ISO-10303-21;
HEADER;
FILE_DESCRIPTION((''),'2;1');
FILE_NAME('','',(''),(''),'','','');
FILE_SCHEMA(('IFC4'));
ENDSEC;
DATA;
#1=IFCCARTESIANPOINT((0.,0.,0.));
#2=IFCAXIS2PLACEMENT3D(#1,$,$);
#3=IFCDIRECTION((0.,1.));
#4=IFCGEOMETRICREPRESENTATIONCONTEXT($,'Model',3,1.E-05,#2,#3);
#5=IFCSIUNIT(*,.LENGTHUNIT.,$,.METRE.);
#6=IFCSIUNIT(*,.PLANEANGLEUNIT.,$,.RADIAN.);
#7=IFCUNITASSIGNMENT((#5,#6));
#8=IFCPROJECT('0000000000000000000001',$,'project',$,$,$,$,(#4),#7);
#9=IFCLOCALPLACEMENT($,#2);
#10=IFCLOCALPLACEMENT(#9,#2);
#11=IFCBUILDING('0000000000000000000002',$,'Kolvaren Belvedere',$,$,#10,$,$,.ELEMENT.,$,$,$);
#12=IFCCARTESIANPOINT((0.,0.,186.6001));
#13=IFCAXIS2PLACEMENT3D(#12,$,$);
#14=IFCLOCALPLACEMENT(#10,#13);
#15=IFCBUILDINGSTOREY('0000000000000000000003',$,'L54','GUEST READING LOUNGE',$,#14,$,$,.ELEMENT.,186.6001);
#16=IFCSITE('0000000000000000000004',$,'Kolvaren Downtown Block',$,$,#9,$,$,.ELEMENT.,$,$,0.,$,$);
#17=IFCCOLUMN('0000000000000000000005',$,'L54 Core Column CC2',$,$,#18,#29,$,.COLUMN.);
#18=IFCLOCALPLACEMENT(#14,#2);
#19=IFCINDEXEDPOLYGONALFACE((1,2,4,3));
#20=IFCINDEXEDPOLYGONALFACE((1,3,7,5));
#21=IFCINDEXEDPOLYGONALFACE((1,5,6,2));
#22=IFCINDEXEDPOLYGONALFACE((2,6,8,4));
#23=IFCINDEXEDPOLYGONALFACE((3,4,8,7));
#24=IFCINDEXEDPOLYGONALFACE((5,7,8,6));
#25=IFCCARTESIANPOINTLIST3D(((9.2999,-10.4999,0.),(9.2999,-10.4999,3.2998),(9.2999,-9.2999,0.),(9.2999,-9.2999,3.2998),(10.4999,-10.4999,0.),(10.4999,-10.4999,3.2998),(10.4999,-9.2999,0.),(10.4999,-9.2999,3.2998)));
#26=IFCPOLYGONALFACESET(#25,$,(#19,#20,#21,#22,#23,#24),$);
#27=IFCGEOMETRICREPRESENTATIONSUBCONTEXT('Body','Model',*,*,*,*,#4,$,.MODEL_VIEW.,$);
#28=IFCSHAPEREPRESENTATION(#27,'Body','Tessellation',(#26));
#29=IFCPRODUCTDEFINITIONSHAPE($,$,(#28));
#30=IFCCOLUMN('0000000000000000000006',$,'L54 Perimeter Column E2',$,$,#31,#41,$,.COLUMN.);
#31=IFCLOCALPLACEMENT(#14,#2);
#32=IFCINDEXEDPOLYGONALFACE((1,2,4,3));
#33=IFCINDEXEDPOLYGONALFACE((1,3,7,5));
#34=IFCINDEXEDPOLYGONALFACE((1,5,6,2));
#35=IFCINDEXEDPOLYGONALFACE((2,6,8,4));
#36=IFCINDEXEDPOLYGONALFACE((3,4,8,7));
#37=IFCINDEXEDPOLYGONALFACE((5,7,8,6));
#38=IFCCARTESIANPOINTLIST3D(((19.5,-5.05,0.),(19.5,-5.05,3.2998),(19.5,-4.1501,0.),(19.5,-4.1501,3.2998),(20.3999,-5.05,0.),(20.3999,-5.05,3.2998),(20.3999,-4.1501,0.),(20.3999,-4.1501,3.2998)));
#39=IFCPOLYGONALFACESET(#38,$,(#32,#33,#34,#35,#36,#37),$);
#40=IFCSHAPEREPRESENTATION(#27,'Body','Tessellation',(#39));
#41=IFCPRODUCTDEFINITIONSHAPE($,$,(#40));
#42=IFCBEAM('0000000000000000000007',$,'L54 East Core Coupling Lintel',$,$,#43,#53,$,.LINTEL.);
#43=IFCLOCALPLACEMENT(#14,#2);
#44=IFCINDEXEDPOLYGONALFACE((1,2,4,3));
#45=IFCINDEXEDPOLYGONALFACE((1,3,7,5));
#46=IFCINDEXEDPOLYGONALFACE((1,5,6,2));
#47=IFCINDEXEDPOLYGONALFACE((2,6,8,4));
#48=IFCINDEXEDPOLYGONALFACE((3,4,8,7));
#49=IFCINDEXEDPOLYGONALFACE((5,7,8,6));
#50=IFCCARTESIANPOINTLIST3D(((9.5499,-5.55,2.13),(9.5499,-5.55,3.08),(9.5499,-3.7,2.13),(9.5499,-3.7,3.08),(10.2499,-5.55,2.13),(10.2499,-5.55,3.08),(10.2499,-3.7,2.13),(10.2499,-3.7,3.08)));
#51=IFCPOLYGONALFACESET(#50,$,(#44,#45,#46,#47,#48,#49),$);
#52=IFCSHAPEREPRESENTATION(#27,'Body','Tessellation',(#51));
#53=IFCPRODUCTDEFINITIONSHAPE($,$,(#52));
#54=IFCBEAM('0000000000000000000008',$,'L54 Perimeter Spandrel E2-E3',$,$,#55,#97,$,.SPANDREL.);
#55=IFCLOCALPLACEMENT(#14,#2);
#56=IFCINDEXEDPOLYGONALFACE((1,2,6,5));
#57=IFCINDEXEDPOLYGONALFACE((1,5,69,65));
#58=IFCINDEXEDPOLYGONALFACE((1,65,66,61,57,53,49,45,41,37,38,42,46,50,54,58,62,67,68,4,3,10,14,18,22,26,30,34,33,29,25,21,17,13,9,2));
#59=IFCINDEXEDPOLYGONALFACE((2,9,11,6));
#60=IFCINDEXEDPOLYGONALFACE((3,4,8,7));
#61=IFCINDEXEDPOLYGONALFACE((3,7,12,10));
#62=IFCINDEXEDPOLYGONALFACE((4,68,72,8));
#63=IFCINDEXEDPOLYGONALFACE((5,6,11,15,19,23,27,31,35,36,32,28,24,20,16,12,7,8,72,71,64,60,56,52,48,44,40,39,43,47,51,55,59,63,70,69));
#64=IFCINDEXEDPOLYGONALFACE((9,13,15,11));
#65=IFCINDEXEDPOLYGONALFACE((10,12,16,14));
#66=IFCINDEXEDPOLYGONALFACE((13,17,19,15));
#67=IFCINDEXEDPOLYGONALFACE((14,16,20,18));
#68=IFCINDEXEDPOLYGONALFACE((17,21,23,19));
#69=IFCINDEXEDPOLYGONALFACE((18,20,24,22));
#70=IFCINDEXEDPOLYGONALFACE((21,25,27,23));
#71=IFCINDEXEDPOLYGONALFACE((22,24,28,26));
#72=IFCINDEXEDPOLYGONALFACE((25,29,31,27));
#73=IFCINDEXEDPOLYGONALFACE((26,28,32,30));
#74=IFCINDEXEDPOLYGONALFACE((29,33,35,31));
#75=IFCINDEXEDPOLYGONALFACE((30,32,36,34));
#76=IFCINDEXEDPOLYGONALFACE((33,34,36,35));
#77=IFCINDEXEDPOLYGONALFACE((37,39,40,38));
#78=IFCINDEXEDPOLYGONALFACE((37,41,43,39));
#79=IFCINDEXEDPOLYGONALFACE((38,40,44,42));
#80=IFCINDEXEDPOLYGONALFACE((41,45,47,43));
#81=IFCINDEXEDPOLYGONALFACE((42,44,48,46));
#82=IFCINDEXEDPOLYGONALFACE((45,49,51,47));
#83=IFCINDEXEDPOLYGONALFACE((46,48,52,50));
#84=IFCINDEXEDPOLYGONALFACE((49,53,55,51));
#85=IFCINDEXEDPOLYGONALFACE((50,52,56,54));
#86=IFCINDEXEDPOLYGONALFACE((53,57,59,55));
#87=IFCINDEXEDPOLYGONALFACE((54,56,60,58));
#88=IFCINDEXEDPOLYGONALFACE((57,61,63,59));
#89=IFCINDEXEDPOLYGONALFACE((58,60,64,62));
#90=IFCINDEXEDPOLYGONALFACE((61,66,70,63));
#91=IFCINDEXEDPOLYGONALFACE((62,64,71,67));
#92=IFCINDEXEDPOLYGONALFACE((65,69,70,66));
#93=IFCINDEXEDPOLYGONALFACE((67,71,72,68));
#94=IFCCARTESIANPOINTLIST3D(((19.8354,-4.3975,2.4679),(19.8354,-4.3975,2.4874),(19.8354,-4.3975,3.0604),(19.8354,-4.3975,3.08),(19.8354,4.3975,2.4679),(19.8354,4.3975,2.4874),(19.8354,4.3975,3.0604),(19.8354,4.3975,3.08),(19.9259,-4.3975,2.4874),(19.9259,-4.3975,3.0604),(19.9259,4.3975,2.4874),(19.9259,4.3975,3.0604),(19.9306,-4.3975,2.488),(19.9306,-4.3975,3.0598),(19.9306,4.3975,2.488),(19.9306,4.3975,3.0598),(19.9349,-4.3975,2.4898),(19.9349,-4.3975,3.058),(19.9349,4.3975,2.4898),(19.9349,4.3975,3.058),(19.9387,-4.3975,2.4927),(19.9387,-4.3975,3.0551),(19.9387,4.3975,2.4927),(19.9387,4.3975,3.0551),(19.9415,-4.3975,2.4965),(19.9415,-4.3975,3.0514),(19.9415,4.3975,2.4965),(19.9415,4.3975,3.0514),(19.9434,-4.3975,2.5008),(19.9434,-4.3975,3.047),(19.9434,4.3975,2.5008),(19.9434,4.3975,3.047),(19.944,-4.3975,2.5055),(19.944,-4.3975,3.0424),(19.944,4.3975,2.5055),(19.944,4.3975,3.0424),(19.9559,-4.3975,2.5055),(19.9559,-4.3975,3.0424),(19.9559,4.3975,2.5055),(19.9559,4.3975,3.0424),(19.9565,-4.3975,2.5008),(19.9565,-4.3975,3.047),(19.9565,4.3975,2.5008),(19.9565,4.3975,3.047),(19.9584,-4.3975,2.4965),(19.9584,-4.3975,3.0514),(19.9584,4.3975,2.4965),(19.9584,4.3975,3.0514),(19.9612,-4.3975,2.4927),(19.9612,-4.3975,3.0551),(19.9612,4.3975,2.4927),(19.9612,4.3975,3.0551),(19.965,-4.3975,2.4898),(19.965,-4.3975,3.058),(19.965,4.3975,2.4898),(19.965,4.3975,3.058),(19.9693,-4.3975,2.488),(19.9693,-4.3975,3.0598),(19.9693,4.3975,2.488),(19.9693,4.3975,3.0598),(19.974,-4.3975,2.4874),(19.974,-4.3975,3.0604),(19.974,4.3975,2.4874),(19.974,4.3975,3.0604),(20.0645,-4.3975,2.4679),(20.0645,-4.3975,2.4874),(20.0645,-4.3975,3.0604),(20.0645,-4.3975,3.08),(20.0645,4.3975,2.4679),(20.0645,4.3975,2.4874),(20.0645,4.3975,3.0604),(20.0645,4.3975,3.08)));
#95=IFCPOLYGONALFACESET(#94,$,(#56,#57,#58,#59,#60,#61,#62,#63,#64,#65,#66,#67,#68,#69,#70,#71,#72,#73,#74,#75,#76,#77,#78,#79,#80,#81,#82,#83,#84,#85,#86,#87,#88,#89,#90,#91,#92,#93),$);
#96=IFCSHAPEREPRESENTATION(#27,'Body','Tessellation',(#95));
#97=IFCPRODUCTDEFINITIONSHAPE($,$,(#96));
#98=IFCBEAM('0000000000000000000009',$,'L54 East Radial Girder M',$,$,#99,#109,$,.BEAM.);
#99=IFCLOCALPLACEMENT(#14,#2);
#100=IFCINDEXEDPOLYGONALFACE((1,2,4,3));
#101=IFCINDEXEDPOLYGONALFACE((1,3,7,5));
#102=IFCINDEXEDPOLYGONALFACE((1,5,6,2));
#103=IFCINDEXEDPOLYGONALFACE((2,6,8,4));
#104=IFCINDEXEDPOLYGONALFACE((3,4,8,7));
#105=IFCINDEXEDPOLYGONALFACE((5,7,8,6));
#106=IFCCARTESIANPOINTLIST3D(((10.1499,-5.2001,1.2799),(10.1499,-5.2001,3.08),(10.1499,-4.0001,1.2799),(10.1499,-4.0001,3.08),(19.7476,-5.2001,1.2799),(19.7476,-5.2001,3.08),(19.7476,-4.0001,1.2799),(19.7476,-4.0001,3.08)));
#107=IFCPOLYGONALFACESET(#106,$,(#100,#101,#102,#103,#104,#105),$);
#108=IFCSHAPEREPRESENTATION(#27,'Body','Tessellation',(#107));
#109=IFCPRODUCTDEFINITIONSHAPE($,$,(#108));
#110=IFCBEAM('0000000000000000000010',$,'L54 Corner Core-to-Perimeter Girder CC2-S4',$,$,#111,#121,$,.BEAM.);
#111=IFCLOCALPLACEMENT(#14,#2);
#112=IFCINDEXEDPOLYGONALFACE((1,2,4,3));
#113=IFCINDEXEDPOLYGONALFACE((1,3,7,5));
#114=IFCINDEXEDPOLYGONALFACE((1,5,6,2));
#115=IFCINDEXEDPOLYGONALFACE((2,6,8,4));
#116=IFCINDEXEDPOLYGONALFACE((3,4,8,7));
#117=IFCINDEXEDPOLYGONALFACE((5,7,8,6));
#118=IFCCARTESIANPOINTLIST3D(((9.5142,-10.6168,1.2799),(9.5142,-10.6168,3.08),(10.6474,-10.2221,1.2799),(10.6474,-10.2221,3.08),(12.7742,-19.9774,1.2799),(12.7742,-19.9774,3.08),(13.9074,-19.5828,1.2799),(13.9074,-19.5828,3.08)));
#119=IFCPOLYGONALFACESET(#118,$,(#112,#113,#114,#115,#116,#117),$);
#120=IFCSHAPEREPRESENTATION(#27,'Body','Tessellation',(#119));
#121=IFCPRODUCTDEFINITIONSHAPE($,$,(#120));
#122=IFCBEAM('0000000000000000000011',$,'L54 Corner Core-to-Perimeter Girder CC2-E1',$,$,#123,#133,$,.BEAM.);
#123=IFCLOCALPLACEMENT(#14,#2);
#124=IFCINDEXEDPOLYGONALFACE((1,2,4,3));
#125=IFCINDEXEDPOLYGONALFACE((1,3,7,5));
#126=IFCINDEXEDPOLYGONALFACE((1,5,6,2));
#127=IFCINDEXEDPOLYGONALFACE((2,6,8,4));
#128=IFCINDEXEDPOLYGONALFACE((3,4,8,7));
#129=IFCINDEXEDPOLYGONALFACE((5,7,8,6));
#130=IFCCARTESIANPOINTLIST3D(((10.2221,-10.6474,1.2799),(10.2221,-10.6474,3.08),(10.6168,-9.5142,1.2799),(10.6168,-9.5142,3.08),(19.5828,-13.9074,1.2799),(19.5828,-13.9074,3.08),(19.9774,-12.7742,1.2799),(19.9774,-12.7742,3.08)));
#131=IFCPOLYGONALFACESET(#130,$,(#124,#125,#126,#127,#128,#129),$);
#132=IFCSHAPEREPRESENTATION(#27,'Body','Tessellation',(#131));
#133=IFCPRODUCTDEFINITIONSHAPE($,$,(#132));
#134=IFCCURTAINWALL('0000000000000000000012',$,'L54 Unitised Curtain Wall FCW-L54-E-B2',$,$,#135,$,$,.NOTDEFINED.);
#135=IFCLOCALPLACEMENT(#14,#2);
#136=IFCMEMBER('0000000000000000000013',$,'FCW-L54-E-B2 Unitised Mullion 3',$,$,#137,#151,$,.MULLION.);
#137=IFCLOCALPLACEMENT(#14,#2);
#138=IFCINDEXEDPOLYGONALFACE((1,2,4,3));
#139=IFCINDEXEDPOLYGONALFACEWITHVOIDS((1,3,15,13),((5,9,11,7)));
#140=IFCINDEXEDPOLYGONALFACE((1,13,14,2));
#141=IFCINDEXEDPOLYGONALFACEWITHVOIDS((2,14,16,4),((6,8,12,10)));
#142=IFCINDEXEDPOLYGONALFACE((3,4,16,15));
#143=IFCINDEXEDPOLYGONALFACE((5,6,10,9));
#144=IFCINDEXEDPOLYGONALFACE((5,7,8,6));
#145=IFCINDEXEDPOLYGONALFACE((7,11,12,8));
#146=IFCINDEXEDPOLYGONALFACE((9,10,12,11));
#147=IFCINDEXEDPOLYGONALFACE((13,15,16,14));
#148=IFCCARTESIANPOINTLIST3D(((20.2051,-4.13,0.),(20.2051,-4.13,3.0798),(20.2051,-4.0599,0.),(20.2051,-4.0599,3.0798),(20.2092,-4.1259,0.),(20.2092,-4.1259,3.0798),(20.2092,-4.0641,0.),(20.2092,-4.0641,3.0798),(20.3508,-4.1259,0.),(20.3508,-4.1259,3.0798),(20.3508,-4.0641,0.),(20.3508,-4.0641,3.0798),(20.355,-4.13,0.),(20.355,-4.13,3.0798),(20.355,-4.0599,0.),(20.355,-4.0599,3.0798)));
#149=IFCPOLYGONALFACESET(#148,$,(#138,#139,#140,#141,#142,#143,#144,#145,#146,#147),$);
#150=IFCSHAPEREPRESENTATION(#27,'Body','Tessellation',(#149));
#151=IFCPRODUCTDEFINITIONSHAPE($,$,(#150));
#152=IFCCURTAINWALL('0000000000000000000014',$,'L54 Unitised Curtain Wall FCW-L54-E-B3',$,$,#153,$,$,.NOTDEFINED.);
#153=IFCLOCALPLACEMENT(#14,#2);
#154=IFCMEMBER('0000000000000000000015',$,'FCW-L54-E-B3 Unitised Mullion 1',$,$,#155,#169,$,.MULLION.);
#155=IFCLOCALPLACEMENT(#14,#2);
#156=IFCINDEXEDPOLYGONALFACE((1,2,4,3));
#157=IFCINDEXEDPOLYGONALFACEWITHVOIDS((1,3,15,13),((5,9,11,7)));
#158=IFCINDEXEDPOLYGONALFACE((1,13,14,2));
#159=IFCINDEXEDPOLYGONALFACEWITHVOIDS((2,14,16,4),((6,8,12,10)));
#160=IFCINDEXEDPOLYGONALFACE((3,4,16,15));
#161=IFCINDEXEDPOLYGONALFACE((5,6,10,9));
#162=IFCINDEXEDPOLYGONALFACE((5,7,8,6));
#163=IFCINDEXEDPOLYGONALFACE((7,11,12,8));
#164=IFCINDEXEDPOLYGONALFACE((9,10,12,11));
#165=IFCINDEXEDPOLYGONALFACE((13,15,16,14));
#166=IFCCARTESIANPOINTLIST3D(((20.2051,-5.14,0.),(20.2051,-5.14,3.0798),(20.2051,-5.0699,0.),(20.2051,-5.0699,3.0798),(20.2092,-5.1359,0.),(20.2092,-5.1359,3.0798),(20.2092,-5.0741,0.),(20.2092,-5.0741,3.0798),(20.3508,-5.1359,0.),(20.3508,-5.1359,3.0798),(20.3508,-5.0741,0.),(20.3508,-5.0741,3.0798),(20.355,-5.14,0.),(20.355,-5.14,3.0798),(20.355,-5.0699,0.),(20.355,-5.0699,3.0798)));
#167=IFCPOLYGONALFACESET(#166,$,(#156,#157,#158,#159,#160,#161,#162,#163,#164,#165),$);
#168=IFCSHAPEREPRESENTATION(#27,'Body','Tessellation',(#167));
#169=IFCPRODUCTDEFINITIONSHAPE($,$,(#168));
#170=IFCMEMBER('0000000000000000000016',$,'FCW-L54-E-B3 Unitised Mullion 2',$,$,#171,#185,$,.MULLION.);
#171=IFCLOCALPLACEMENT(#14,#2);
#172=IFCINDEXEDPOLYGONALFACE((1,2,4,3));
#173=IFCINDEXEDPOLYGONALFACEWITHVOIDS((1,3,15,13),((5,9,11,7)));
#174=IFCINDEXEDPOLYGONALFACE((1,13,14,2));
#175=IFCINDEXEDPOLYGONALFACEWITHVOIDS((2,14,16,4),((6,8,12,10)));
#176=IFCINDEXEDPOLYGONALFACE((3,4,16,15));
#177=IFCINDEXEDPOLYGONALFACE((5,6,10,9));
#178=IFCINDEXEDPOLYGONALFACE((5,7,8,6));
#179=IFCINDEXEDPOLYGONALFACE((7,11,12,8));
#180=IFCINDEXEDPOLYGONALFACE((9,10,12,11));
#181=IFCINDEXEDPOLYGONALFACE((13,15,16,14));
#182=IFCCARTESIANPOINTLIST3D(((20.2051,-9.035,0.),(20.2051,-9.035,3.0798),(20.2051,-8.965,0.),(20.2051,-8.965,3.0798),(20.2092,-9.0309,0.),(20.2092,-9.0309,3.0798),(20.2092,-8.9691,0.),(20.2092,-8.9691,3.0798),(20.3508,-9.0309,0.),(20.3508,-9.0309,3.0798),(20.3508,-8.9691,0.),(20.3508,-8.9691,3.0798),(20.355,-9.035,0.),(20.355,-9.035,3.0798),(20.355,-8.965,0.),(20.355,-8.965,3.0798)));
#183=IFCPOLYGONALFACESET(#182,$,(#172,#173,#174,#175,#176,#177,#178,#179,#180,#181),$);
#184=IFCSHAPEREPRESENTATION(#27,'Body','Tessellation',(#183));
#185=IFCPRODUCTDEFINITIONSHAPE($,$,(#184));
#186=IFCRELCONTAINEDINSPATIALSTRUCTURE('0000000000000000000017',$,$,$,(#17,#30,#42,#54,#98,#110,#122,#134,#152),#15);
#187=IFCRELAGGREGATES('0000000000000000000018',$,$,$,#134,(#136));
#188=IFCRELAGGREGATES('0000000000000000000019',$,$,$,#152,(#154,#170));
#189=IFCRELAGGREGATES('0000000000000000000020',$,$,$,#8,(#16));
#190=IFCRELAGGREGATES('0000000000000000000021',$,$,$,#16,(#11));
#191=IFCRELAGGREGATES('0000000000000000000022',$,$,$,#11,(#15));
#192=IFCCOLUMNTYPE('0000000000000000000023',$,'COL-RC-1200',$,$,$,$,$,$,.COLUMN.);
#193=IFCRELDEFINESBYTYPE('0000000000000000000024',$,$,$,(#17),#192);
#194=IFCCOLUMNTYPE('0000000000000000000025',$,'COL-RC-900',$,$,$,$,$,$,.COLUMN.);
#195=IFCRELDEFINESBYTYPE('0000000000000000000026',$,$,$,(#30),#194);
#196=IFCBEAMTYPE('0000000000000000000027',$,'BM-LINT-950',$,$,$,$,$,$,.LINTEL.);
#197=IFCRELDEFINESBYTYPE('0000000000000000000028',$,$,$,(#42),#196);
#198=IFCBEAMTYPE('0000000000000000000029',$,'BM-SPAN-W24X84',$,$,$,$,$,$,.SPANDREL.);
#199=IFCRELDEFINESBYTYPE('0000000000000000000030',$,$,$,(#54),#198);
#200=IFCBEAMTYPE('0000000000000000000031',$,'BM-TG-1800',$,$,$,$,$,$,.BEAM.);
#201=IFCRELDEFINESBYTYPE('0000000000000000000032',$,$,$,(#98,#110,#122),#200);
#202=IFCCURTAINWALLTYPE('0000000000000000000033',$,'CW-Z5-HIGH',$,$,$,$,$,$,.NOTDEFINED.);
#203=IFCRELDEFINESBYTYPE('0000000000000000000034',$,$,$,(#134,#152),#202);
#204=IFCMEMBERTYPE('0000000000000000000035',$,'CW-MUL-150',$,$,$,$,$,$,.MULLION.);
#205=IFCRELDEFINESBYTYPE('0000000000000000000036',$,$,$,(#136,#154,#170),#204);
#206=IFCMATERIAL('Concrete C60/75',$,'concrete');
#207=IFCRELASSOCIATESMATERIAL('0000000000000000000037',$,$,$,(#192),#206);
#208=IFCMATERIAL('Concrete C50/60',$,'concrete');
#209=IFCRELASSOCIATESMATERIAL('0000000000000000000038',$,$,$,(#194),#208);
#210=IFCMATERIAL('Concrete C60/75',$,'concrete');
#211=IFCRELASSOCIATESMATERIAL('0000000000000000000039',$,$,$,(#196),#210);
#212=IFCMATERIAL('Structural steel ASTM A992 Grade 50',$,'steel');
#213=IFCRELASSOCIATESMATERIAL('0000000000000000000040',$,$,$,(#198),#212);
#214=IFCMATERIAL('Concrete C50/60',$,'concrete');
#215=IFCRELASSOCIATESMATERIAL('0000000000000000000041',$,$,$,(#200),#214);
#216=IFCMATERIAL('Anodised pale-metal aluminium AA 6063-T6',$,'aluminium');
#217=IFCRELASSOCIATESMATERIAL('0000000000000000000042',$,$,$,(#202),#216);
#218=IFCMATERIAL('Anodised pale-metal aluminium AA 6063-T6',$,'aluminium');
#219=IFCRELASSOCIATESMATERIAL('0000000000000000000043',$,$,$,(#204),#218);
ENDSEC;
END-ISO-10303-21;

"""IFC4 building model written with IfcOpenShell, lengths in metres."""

from ifc_helpers import new_model, si_unit, direction, frame, origin, origin_2d, place, context, subcontext, project, spatial, rectangle, hollow_rectangle, i_section, extrude, material, material_profile, profile_set, type_object, element, aggregate, save


model = new_model("IFC4")

# Units and contexts
model_context = context("Model", 3, precision=1e-05, world=origin(), true_north=direction((0.0, 1.0)))
body_context = subcontext(model_context, "Body", "Model", "MODEL_VIEW")
ifc_project = project(units=[si_unit("LENGTHUNIT", "METRE"), si_unit("PLANEANGLEUNIT", "RADIAN")], contexts=[model_context])

# Site, building, storey
site_placement = place(None, origin())
site = spatial("IfcSite", under=ifc_project, at=site_placement, Name="Kolvaren Downtown Block", CompositionType="ELEMENT", RefElevation=0.0)
building_placement = place(site_placement, origin())
building = spatial("IfcBuilding", under=site, at=building_placement, Name="Kolvaren Belvedere", CompositionType="ELEMENT")
storey_placement = place(building_placement, frame((0.0, 0.0, 186.6001)))
storey = spatial("IfcBuildingStorey", under=building, at=storey_placement, Name="L54", Description="GUEST READING LOUNGE", CompositionType="ELEMENT", Elevation=186.6001)

# Columns
ifc_material_1 = material(Name="Concrete C60/75", Category="concrete")
ifc_material_profile_1 = material_profile(ifc_material_1, rectangle(XDim=1.2, YDim=1.2, at=origin_2d()), Name="RC 1200X1200")
ifc_profile_set_1 = profile_set([ifc_material_profile_1], Name="Concrete C60/75")
column_type_1 = type_object("IfcColumnType", Name="COL-RC-1200", PredefinedType="COLUMN", material=ifc_profile_set_1)
column_1_placement = place(storey_placement, frame((9.8999, -9.8999, 0.0), z_axis=(0.0, 0.0, 1.0), x_axis=(1.0, 0.0, 0.0)))
element("IfcColumn", 1, at=column_1_placement, inside=storey, type_object=column_type_1, Name="L54 Core Column CC2", PredefinedType="COLUMN", context=body_context, shape_type="SweptSolid", body=[
    extrude(rectangle(XDim=1.2, YDim=1.2, at=origin_2d()), origin(), (0.0, 0.0, 1.0), 3.2998),
])
ifc_material_2 = material(Name="Concrete C50/60", Category="concrete")
ifc_material_profile_2 = material_profile(ifc_material_2, rectangle(XDim=0.8999, YDim=0.8999, at=origin_2d()), Name="RC 900X900")
ifc_profile_set_2 = profile_set([ifc_material_profile_2], Name="Concrete C50/60")
column_type_2 = type_object("IfcColumnType", Name="COL-RC-900", PredefinedType="COLUMN", material=ifc_profile_set_2)
column_2_placement = place(storey_placement, frame((19.95, -4.6001, 0.0), z_axis=(0.0, 0.0, 1.0), x_axis=(1.0, 0.0, 0.0)))
element("IfcColumn", 2, at=column_2_placement, inside=storey, type_object=column_type_2, Name="L54 Perimeter Column E2", PredefinedType="COLUMN", context=body_context, shape_type="SweptSolid", body=[
    extrude(rectangle(XDim=0.8999, YDim=0.8999, at=origin_2d()), origin(), (0.0, 0.0, 1.0), 3.2998),
])

# Beams
ifc_material_3 = material(Name="Concrete C60/75", Category="concrete")
ifc_material_profile_3 = material_profile(ifc_material_3, rectangle(XDim=0.7, YDim=0.95, at=origin_2d()), Name="RC 700X950")
ifc_profile_set_3 = profile_set([ifc_material_profile_3], Name="Concrete C60/75")
beam_type_1 = type_object("IfcBeamType", Name="BM-LINT-950", PredefinedType="LINTEL", material=ifc_profile_set_3)
beam_1_placement = place(storey_placement, frame((9.8999, -5.55, 2.605), z_axis=(0.0, 1.0, 0.0), x_axis=(-1.0, 0.0, 0.0)))
element("IfcBeam", 3, at=beam_1_placement, inside=storey, type_object=beam_type_1, Name="L54 East Core Coupling Lintel", PredefinedType="LINTEL", context=body_context, shape_type="SweptSolid", body=[
    extrude(rectangle(XDim=0.7, YDim=0.95, at=origin_2d()), origin(), (0.0, 0.0, 1.0), 1.8501),
])
ifc_material_4 = material(Name="Structural steel ASTM A992 Grade 50", Category="steel")
ifc_material_profile_4 = material_profile(ifc_material_4, i_section(OverallWidth=0.229, OverallDepth=0.6121, WebThickness=0.012, FlangeThickness=0.0195, FilletRadius=0.0181, at=origin_2d()), Name="W24X84")
ifc_profile_set_4 = profile_set([ifc_material_profile_4], Name="Structural steel ASTM A992 Grade 50")
beam_type_2 = type_object("IfcBeamType", Name="BM-SPAN-W24X84", PredefinedType="SPANDREL", material=ifc_profile_set_4)
beam_2_placement = place(storey_placement, frame((19.95, -4.3975, 2.7739), z_axis=(0.0, 1.0, 0.0), x_axis=(-1.0, 0.0, 0.0)))
element("IfcBeam", 4, at=beam_2_placement, inside=storey, type_object=beam_type_2, Name="L54 Perimeter Spandrel E2-E3", PredefinedType="SPANDREL", context=body_context, shape_type="SweptSolid", body=[
    extrude(i_section(OverallWidth=0.229, OverallDepth=0.6121, WebThickness=0.012, FlangeThickness=0.0195, FilletRadius=0.0181, at=origin_2d()), origin(), (0.0, 0.0, 1.0), 8.7949),
])
ifc_material_5 = material(Name="Concrete C50/60", Category="concrete")
ifc_material_profile_5 = material_profile(ifc_material_5, rectangle(XDim=1.2, YDim=1.8, at=origin_2d()), Name="RC 1200X1800")
ifc_profile_set_5 = profile_set([ifc_material_profile_5], Name="Concrete C50/60")
beam_type_3 = type_object("IfcBeamType", Name="BM-TG-1800", PredefinedType="BEAM", material=ifc_profile_set_5)
beam_3_placement = place(storey_placement, frame((10.1499, -4.6001, 2.1799), z_axis=(1.0, 0.0, 0.0), x_axis=(0.0, 1.0, 0.0)))
element("IfcBeam", 5, at=beam_3_placement, inside=storey, type_object=beam_type_3, Name="L54 East Radial Girder M", PredefinedType="BEAM", context=body_context, shape_type="SweptSolid", body=[
    extrude(rectangle(XDim=1.2, YDim=1.8, at=origin_2d()), origin(), (0.0, 0.0, 1.0), 9.5977),
])
for number, where, z_axis, x_axis, name in (
    (6, (10.0808, -10.4194, 2.1799), (0.328894, -0.944367, 0.0), (0.944367, 0.328894, 0.0), "L54 Corner Core-to-Perimeter Girder CC2-S4"),
    (7, (10.4194, -10.0808, 2.1799), (0.944367, -0.328894, 0.0), (0.328894, 0.944367, 0.0), "L54 Corner Core-to-Perimeter Girder CC2-E1"),
):
    element("IfcBeam", number, at=place(storey_placement, frame(where, z_axis=z_axis, x_axis=x_axis)), inside=storey, type_object=beam_type_3, Name=name, PredefinedType="BEAM", context=body_context, shape_type="SweptSolid", body=[
        extrude(rectangle(XDim=1.2, YDim=1.8, at=origin_2d()), origin(), (0.0, 0.0, 1.0), 9.9121),
    ])

# Curtain wall, member
ifc_material_6 = material(Name="Anodised pale-metal aluminium AA 6063-T6", Category="aluminium")
curtain_wall_type = type_object("IfcCurtainWallType", Name="CW-Z5-HIGH", PredefinedType="NOTDEFINED", material=ifc_material_6)
curtain_wall_1_placement = place(storey_placement, origin())
curtain_wall_1 = element("IfcCurtainWall", 8, at=curtain_wall_1_placement, inside=storey, type_object=curtain_wall_type, Name="L54 Unitised Curtain Wall FCW-L54-E-B2", PredefinedType="NOTDEFINED")
ifc_material_7 = material(Name="Anodised pale-metal aluminium AA 6063-T6", Category="aluminium")
ifc_material_profile_6 = material_profile(ifc_material_7, hollow_rectangle(XDim=0.0701, YDim=0.1499, WallThickness=0.0042, at=origin_2d()), Name="ALU-MUL-150X70")
ifc_profile_set_6 = profile_set([ifc_material_profile_6], Name="Anodised pale-metal aluminium AA 6063-T6")
member_type_1 = type_object("IfcMemberType", Name="CW-MUL-150", PredefinedType="MULLION", material=ifc_profile_set_6)
member_1_placement = place(storey_placement, frame((20.28, -4.095, 0.0), z_axis=(0.0, 0.0, 1.0), x_axis=(0.0, 1.0, 0.0)))
member_1 = element("IfcMember", 9, at=member_1_placement, type_object=member_type_1, Name="FCW-L54-E-B2 Unitised Mullion 3", PredefinedType="MULLION", context=body_context, shape_type="SweptSolid", body=[
    extrude(hollow_rectangle(XDim=0.0701, YDim=0.1499, WallThickness=0.0042, at=origin_2d()), origin(), (0.0, 0.0, 1.0), 3.0798),
])

# Curtain wall, members
curtain_wall_2_placement = place(storey_placement, origin())
curtain_wall_2 = element("IfcCurtainWall", 10, at=curtain_wall_2_placement, inside=storey, type_object=curtain_wall_type, Name="L54 Unitised Curtain Wall FCW-L54-E-B3", PredefinedType="NOTDEFINED")
member_2_placement = place(storey_placement, frame((20.28, -5.105, 0.0), z_axis=(0.0, 0.0, 1.0), x_axis=(0.0, 1.0, 0.0)))
member_2 = element("IfcMember", 11, at=member_2_placement, type_object=member_type_1, Name="FCW-L54-E-B3 Unitised Mullion 1", PredefinedType="MULLION", context=body_context, shape_type="SweptSolid", body=[
    extrude(hollow_rectangle(XDim=0.0701, YDim=0.1499, WallThickness=0.0042, at=origin_2d()), origin(), (0.0, 0.0, 1.0), 3.0798),
])
member_3_placement = place(storey_placement, frame((20.28, -9.0, 0.0), z_axis=(0.0, 0.0, 1.0), x_axis=(0.0, 1.0, 0.0)))
member_3 = element("IfcMember", 12, at=member_3_placement, type_object=member_type_1, Name="FCW-L54-E-B3 Unitised Mullion 2", PredefinedType="MULLION", context=body_context, shape_type="SweptSolid", body=[
    extrude(hollow_rectangle(XDim=0.0701, YDim=0.1499, WallThickness=0.0042, at=origin_2d()), origin(), (0.0, 0.0, 1.0), 3.0798),
])

aggregate(curtain_wall_1, [member_1])
aggregate(curtain_wall_2, [member_2, member_3])

save(model, "model.ifc")
